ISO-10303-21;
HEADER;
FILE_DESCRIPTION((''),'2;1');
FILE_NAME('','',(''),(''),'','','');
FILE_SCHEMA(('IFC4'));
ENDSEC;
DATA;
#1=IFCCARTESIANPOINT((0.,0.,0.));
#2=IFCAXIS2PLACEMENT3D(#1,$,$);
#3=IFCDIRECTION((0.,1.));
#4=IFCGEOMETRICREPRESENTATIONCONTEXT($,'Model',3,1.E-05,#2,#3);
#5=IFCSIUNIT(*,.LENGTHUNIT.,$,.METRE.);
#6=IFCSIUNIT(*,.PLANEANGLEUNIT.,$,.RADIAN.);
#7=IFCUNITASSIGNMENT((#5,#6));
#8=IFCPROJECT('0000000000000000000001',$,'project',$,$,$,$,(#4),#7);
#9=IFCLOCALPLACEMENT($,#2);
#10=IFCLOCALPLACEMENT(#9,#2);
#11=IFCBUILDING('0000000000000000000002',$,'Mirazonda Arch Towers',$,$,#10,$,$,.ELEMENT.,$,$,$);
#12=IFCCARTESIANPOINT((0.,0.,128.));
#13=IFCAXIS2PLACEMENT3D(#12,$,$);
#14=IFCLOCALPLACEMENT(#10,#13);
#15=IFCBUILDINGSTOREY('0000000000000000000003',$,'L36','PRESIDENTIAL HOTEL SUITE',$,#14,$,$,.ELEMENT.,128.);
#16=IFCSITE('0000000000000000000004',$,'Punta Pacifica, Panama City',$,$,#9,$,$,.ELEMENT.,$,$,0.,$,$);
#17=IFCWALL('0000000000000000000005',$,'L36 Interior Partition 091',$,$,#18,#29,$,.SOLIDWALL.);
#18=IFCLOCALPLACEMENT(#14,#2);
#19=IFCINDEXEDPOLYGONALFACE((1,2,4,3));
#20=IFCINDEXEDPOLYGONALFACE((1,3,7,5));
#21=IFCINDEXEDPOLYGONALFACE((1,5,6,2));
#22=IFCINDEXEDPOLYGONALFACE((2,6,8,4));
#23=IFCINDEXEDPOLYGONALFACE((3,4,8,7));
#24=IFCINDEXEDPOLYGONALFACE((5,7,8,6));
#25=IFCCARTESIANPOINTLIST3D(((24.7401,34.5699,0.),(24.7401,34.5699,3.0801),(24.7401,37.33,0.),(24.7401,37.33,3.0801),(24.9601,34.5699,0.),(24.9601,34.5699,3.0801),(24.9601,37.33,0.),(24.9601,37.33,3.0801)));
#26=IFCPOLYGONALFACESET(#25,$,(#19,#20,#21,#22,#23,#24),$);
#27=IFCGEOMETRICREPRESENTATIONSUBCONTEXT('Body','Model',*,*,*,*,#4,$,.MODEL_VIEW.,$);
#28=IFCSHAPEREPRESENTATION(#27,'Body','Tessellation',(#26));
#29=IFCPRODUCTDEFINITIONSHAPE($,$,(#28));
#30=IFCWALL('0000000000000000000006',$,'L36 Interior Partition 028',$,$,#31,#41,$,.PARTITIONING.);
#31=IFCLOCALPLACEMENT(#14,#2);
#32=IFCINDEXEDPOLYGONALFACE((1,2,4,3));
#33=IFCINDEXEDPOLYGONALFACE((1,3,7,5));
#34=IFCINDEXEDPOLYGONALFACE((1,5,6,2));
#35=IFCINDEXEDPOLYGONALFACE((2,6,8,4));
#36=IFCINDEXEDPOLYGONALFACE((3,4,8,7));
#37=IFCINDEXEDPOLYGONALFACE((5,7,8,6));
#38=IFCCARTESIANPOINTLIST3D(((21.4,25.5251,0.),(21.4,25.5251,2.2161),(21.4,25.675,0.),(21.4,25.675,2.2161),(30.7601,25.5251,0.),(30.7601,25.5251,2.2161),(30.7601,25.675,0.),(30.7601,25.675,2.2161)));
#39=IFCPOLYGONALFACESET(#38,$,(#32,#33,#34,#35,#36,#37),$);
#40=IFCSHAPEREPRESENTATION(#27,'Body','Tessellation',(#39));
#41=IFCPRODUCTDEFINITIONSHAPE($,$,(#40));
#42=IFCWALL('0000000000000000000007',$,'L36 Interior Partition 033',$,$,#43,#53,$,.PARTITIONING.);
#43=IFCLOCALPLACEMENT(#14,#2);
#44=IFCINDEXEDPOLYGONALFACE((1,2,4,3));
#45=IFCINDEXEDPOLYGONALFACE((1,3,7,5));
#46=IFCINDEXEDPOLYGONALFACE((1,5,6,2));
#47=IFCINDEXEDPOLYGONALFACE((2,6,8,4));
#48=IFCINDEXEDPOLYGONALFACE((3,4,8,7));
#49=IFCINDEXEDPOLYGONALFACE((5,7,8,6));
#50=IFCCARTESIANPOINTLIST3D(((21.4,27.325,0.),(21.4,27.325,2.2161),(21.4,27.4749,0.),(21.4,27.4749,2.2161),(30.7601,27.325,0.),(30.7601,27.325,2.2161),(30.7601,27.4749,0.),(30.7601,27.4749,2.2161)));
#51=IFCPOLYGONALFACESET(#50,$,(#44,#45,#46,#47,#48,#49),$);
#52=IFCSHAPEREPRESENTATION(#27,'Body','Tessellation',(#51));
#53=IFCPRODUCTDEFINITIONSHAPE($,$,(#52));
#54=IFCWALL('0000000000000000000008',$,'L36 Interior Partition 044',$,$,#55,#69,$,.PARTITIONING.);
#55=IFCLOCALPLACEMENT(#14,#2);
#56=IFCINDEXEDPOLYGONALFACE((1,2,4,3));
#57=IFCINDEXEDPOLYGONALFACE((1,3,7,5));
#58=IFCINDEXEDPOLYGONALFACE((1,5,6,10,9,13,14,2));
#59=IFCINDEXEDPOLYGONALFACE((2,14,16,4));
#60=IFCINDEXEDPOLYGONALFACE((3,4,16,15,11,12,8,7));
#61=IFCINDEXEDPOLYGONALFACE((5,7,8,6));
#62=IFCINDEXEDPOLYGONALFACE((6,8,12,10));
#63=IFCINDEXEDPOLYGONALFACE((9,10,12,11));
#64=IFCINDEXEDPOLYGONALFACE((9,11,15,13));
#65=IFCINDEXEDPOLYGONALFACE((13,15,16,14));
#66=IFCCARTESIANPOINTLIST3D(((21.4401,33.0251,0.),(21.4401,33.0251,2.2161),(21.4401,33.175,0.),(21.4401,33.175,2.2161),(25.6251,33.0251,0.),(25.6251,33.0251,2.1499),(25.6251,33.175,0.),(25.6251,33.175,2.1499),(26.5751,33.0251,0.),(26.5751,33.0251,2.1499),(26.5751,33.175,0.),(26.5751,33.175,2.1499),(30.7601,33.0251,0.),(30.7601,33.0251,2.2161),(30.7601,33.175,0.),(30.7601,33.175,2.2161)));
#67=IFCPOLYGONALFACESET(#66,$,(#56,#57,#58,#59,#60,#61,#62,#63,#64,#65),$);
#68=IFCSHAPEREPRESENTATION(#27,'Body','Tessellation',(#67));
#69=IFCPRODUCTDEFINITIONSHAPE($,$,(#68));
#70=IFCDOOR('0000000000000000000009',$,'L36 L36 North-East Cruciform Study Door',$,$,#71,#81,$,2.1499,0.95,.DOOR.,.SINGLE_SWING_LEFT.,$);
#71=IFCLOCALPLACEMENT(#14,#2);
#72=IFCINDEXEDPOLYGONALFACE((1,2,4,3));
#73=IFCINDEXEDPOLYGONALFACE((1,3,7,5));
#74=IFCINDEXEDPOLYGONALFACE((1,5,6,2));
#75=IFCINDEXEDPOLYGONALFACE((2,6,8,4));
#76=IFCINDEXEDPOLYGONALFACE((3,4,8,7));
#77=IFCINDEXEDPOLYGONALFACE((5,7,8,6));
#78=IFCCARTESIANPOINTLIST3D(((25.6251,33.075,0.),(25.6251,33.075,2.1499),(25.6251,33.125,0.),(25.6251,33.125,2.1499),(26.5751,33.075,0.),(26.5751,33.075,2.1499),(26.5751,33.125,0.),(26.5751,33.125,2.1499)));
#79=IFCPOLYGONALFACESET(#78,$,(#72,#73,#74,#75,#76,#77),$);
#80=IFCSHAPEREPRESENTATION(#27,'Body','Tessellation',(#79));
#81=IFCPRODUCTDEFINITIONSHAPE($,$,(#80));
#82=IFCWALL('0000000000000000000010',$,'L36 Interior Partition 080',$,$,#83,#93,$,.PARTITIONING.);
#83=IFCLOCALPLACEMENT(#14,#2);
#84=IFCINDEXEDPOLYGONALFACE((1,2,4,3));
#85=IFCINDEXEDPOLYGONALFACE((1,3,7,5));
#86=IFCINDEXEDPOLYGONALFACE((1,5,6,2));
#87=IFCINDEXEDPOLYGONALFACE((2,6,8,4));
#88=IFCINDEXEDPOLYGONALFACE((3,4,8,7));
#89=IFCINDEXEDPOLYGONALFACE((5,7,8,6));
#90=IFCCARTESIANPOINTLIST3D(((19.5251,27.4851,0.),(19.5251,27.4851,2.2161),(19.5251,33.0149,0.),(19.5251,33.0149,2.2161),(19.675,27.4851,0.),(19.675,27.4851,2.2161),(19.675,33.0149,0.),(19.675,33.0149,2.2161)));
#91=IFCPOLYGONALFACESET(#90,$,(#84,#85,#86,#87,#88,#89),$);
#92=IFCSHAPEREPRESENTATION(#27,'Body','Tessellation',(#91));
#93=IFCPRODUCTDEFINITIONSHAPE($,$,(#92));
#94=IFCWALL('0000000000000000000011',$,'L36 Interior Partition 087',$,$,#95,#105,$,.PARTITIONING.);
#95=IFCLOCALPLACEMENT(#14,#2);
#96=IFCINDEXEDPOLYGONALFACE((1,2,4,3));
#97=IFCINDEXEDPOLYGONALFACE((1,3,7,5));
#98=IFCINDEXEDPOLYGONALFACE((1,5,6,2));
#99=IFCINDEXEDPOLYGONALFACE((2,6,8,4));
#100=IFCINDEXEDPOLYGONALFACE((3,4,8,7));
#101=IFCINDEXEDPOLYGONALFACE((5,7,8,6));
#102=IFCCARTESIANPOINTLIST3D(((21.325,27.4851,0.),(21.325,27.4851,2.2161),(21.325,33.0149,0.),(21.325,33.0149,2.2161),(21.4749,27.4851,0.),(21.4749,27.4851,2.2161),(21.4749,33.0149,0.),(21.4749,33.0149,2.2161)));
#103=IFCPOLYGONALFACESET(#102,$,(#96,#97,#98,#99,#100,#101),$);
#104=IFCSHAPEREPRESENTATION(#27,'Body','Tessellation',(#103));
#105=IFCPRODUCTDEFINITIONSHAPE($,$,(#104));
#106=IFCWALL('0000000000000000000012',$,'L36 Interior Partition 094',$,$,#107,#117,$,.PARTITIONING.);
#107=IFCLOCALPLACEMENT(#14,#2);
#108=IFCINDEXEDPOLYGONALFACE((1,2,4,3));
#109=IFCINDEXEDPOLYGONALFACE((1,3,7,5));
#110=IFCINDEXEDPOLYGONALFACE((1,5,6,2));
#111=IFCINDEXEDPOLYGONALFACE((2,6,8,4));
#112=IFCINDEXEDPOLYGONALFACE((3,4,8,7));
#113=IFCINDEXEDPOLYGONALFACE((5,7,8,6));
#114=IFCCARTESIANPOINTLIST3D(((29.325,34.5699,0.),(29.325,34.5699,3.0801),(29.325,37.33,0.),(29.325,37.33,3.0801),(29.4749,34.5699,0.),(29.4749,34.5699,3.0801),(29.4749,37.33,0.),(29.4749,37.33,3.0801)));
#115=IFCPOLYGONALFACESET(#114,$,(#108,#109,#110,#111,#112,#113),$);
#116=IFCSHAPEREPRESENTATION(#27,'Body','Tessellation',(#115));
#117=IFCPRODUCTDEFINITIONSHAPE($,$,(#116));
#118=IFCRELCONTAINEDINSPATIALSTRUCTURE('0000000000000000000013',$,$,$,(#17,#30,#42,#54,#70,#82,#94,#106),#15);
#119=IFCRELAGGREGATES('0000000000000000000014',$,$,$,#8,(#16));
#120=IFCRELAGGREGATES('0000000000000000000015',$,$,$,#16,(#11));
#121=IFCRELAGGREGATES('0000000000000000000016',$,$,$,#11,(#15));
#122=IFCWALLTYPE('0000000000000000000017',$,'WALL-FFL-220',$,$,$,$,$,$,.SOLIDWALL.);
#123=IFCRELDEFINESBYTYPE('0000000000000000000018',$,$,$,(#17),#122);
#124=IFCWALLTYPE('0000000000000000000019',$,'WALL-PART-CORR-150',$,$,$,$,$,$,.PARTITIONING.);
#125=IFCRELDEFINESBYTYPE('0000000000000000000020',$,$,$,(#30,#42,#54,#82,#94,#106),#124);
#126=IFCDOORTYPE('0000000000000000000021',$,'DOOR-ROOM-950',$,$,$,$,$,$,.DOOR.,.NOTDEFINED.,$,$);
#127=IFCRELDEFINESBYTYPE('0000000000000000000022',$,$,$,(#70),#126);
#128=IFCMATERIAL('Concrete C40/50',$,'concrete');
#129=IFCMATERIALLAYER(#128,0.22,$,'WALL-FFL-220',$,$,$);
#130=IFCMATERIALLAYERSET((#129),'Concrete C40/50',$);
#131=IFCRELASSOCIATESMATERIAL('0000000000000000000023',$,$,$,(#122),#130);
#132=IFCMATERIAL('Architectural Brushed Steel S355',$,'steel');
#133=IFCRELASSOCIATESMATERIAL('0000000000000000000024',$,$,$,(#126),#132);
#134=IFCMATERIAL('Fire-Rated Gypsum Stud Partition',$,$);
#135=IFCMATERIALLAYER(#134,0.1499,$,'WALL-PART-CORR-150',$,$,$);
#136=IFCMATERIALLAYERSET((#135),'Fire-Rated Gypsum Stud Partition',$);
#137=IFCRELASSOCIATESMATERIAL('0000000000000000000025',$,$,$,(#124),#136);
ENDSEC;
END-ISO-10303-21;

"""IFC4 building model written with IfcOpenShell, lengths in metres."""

from ifc_helpers import new_model, si_unit, direction, frame, frame_2d, origin, place, context, subcontext, project, spatial, rectangle, extrude, material, layer, layer_set, type_object, element, fill, save


model = new_model("IFC4")

# Units and contexts
model_context = context("Model", 3, precision=1e-05, world=origin(), true_north=direction((0.0, 1.0)))
body_context = subcontext(model_context, "Body", "Model", "MODEL_VIEW")
ifc_project = project(units=[si_unit("LENGTHUNIT", "METRE"), si_unit("PLANEANGLEUNIT", "RADIAN")], contexts=[model_context])

# Site, building, storey
site_placement = place(None, origin())
site = spatial("IfcSite", under=ifc_project, at=site_placement, Name="Punta Pacifica, Panama City", CompositionType="ELEMENT", RefElevation=0.0)
building_placement = place(site_placement, origin())
building = spatial("IfcBuilding", under=site, at=building_placement, Name="Mirazonda Arch Towers", CompositionType="ELEMENT")
storey_placement = place(building_placement, frame((0.0, 0.0, 128.0)))
storey = spatial("IfcBuildingStorey", under=building, at=storey_placement, Name="L36", Description="PRESIDENTIAL HOTEL SUITE", CompositionType="ELEMENT", Elevation=128.0)

# Shared definitions
ifc_material_1 = material(Name="Concrete C40/50", Category="concrete")
ifc_layer_1 = layer(ifc_material_1, 0.22, Name="WALL-FFL-220")
ifc_layer_set_1 = layer_set([ifc_layer_1], Name="Concrete C40/50")
wall_type_1 = type_object("IfcWallType", Name="WALL-FFL-220", PredefinedType="SOLIDWALL", material=ifc_layer_set_1)
ifc_material_2 = material(Name="Architectural Brushed Steel S355", Category="steel")
door_type_1 = type_object("IfcDoorType", Name="DOOR-ROOM-950", OperationType="NOTDEFINED", PredefinedType="DOOR", material=ifc_material_2)

# Walls
for number, where, z_axis, x_axis, name in (
    (1, (24.8501, 34.5701, 0.0), (0.0, 0.0, 1.0), (0.0, 1.0, 0.0), "L36 Interior Partition 091"),
):
    element("IfcWall", number, at=place(storey_placement, frame(where, z_axis=z_axis, x_axis=x_axis)), inside=storey, type_object=wall_type_1, Name=name, PredefinedType="SOLIDWALL", context=body_context, shape_type="SweptSolid", body=[
        extrude(rectangle(XDim=2.76, YDim=0.22, at=frame_2d((1.3799, 0.0))), origin(), (0.0, 0.0, 1.0), 3.0801),
    ])
ifc_material_3 = material(Name="Fire-Rated Gypsum Stud Partition")
ifc_layer_2 = layer(ifc_material_3, 0.1499, Name="WALL-PART-CORR-150")
ifc_layer_set_2 = layer_set([ifc_layer_2], Name="Fire-Rated Gypsum Stud Partition")
wall_type_2 = type_object("IfcWallType", Name="WALL-PART-CORR-150", PredefinedType="PARTITIONING", material=ifc_layer_set_2)
for number, where, z_axis, x_axis, name in (
    (2, (21.3999, 25.6001, 0.0), (0.0, 0.0, 1.0), (1.0, 0.0, 0.0), "L36 Interior Partition 028"),
    (3, (21.3999, 27.3999, 0.0), (0.0, 0.0, 1.0), (1.0, 0.0, 0.0), "L36 Interior Partition 033"),
):
    element("IfcWall", number, at=place(storey_placement, frame(where, z_axis=z_axis, x_axis=x_axis)), inside=storey, type_object=wall_type_2, Name=name, PredefinedType="PARTITIONING", context=body_context, shape_type="SweptSolid", body=[
        extrude(rectangle(XDim=9.3601, YDim=0.1499, at=frame_2d((4.6802, 0.0))), origin(), (0.0, 0.0, 1.0), 2.2161),
    ])

# Wall, opening, door
wall_1_placement = place(storey_placement, frame((21.4399, 33.1001, 0.0), z_axis=(0.0, 0.0, 1.0), x_axis=(1.0, 0.0, 0.0)))
wall_1 = element("IfcWall", 4, at=wall_1_placement, inside=storey, type_object=wall_type_2, Name="L36 Interior Partition 044", PredefinedType="PARTITIONING", context=body_context, shape_type="SweptSolid", body=[
    extrude(rectangle(XDim=9.3201, YDim=0.1499, at=frame_2d((4.6602, 0.0))), origin(), (0.0, 0.0, 1.0), 2.2161),
])
opening_1_placement = place(wall_1_placement, frame((4.1851, 0.0, 0.0)))
opening_1 = element("IfcOpeningElement", 5, at=opening_1_placement, cuts=wall_1, PredefinedType="OPENING", context=body_context, shape_type="SweptSolid", body=[
    extrude(rectangle(XDim=0.95, YDim=2.1499, at=frame_2d((0.4751, 1.075))), frame((0.0, 0.085, 0.0), z_axis=(0.0, -1.0, 0.0), x_axis=(1.0, 0.0, 0.0)), (0.0, 0.0, 1.0), 0.1699),
])
door_1_placement = place(opening_1_placement, origin())
door_1 = element("IfcDoor", 6, at=door_1_placement, inside=storey, type_object=door_type_1, Name="L36 L36 North-East Cruciform Study Door", OperationType="SINGLE_SWING_LEFT", OverallHeight=2.1499, OverallWidth=0.95, PredefinedType="DOOR", context=body_context, shape_type="SweptSolid", body=[
    extrude(rectangle(XDim=0.95, YDim=2.1499, at=frame_2d((0.4751, 1.075))), frame((0.0, 0.0249, 0.0), z_axis=(0.0, -1.0, 0.0), x_axis=(1.0, 0.0, 0.0)), (0.0, 0.0, 1.0), 0.05),
])
fill(opening_1, door_1)

# Walls
for number, where, z_axis, x_axis, name in (
    (7, (19.6001, 27.4851, 0.0), (0.0, 0.0, 1.0), (0.0, 1.0, 0.0), "L36 Interior Partition 080"),
    (8, (21.3999, 27.4851, 0.0), (0.0, 0.0, 1.0), (0.0, 1.0, 0.0), "L36 Interior Partition 087"),
):
    element("IfcWall", number, at=place(storey_placement, frame(where, z_axis=z_axis, x_axis=x_axis)), inside=storey, type_object=wall_type_2, Name=name, PredefinedType="PARTITIONING", context=body_context, shape_type="SweptSolid", body=[
        extrude(rectangle(XDim=5.5298, YDim=0.1499, at=frame_2d((2.7649, 0.0))), origin(), (0.0, 0.0, 1.0), 2.2161),
    ])
wall_2_placement = place(storey_placement, frame((29.3999, 34.5701, 0.0), z_axis=(0.0, 0.0, 1.0), x_axis=(0.0, 1.0, 0.0)))
element("IfcWall", 9, at=wall_2_placement, inside=storey, type_object=wall_type_2, Name="L36 Interior Partition 094", PredefinedType="PARTITIONING", context=body_context, shape_type="SweptSolid", body=[
    extrude(rectangle(XDim=2.76, YDim=0.1499, at=frame_2d((1.3799, 0.0))), origin(), (0.0, 0.0, 1.0), 3.0801),
])

save(model, "model.ifc")
